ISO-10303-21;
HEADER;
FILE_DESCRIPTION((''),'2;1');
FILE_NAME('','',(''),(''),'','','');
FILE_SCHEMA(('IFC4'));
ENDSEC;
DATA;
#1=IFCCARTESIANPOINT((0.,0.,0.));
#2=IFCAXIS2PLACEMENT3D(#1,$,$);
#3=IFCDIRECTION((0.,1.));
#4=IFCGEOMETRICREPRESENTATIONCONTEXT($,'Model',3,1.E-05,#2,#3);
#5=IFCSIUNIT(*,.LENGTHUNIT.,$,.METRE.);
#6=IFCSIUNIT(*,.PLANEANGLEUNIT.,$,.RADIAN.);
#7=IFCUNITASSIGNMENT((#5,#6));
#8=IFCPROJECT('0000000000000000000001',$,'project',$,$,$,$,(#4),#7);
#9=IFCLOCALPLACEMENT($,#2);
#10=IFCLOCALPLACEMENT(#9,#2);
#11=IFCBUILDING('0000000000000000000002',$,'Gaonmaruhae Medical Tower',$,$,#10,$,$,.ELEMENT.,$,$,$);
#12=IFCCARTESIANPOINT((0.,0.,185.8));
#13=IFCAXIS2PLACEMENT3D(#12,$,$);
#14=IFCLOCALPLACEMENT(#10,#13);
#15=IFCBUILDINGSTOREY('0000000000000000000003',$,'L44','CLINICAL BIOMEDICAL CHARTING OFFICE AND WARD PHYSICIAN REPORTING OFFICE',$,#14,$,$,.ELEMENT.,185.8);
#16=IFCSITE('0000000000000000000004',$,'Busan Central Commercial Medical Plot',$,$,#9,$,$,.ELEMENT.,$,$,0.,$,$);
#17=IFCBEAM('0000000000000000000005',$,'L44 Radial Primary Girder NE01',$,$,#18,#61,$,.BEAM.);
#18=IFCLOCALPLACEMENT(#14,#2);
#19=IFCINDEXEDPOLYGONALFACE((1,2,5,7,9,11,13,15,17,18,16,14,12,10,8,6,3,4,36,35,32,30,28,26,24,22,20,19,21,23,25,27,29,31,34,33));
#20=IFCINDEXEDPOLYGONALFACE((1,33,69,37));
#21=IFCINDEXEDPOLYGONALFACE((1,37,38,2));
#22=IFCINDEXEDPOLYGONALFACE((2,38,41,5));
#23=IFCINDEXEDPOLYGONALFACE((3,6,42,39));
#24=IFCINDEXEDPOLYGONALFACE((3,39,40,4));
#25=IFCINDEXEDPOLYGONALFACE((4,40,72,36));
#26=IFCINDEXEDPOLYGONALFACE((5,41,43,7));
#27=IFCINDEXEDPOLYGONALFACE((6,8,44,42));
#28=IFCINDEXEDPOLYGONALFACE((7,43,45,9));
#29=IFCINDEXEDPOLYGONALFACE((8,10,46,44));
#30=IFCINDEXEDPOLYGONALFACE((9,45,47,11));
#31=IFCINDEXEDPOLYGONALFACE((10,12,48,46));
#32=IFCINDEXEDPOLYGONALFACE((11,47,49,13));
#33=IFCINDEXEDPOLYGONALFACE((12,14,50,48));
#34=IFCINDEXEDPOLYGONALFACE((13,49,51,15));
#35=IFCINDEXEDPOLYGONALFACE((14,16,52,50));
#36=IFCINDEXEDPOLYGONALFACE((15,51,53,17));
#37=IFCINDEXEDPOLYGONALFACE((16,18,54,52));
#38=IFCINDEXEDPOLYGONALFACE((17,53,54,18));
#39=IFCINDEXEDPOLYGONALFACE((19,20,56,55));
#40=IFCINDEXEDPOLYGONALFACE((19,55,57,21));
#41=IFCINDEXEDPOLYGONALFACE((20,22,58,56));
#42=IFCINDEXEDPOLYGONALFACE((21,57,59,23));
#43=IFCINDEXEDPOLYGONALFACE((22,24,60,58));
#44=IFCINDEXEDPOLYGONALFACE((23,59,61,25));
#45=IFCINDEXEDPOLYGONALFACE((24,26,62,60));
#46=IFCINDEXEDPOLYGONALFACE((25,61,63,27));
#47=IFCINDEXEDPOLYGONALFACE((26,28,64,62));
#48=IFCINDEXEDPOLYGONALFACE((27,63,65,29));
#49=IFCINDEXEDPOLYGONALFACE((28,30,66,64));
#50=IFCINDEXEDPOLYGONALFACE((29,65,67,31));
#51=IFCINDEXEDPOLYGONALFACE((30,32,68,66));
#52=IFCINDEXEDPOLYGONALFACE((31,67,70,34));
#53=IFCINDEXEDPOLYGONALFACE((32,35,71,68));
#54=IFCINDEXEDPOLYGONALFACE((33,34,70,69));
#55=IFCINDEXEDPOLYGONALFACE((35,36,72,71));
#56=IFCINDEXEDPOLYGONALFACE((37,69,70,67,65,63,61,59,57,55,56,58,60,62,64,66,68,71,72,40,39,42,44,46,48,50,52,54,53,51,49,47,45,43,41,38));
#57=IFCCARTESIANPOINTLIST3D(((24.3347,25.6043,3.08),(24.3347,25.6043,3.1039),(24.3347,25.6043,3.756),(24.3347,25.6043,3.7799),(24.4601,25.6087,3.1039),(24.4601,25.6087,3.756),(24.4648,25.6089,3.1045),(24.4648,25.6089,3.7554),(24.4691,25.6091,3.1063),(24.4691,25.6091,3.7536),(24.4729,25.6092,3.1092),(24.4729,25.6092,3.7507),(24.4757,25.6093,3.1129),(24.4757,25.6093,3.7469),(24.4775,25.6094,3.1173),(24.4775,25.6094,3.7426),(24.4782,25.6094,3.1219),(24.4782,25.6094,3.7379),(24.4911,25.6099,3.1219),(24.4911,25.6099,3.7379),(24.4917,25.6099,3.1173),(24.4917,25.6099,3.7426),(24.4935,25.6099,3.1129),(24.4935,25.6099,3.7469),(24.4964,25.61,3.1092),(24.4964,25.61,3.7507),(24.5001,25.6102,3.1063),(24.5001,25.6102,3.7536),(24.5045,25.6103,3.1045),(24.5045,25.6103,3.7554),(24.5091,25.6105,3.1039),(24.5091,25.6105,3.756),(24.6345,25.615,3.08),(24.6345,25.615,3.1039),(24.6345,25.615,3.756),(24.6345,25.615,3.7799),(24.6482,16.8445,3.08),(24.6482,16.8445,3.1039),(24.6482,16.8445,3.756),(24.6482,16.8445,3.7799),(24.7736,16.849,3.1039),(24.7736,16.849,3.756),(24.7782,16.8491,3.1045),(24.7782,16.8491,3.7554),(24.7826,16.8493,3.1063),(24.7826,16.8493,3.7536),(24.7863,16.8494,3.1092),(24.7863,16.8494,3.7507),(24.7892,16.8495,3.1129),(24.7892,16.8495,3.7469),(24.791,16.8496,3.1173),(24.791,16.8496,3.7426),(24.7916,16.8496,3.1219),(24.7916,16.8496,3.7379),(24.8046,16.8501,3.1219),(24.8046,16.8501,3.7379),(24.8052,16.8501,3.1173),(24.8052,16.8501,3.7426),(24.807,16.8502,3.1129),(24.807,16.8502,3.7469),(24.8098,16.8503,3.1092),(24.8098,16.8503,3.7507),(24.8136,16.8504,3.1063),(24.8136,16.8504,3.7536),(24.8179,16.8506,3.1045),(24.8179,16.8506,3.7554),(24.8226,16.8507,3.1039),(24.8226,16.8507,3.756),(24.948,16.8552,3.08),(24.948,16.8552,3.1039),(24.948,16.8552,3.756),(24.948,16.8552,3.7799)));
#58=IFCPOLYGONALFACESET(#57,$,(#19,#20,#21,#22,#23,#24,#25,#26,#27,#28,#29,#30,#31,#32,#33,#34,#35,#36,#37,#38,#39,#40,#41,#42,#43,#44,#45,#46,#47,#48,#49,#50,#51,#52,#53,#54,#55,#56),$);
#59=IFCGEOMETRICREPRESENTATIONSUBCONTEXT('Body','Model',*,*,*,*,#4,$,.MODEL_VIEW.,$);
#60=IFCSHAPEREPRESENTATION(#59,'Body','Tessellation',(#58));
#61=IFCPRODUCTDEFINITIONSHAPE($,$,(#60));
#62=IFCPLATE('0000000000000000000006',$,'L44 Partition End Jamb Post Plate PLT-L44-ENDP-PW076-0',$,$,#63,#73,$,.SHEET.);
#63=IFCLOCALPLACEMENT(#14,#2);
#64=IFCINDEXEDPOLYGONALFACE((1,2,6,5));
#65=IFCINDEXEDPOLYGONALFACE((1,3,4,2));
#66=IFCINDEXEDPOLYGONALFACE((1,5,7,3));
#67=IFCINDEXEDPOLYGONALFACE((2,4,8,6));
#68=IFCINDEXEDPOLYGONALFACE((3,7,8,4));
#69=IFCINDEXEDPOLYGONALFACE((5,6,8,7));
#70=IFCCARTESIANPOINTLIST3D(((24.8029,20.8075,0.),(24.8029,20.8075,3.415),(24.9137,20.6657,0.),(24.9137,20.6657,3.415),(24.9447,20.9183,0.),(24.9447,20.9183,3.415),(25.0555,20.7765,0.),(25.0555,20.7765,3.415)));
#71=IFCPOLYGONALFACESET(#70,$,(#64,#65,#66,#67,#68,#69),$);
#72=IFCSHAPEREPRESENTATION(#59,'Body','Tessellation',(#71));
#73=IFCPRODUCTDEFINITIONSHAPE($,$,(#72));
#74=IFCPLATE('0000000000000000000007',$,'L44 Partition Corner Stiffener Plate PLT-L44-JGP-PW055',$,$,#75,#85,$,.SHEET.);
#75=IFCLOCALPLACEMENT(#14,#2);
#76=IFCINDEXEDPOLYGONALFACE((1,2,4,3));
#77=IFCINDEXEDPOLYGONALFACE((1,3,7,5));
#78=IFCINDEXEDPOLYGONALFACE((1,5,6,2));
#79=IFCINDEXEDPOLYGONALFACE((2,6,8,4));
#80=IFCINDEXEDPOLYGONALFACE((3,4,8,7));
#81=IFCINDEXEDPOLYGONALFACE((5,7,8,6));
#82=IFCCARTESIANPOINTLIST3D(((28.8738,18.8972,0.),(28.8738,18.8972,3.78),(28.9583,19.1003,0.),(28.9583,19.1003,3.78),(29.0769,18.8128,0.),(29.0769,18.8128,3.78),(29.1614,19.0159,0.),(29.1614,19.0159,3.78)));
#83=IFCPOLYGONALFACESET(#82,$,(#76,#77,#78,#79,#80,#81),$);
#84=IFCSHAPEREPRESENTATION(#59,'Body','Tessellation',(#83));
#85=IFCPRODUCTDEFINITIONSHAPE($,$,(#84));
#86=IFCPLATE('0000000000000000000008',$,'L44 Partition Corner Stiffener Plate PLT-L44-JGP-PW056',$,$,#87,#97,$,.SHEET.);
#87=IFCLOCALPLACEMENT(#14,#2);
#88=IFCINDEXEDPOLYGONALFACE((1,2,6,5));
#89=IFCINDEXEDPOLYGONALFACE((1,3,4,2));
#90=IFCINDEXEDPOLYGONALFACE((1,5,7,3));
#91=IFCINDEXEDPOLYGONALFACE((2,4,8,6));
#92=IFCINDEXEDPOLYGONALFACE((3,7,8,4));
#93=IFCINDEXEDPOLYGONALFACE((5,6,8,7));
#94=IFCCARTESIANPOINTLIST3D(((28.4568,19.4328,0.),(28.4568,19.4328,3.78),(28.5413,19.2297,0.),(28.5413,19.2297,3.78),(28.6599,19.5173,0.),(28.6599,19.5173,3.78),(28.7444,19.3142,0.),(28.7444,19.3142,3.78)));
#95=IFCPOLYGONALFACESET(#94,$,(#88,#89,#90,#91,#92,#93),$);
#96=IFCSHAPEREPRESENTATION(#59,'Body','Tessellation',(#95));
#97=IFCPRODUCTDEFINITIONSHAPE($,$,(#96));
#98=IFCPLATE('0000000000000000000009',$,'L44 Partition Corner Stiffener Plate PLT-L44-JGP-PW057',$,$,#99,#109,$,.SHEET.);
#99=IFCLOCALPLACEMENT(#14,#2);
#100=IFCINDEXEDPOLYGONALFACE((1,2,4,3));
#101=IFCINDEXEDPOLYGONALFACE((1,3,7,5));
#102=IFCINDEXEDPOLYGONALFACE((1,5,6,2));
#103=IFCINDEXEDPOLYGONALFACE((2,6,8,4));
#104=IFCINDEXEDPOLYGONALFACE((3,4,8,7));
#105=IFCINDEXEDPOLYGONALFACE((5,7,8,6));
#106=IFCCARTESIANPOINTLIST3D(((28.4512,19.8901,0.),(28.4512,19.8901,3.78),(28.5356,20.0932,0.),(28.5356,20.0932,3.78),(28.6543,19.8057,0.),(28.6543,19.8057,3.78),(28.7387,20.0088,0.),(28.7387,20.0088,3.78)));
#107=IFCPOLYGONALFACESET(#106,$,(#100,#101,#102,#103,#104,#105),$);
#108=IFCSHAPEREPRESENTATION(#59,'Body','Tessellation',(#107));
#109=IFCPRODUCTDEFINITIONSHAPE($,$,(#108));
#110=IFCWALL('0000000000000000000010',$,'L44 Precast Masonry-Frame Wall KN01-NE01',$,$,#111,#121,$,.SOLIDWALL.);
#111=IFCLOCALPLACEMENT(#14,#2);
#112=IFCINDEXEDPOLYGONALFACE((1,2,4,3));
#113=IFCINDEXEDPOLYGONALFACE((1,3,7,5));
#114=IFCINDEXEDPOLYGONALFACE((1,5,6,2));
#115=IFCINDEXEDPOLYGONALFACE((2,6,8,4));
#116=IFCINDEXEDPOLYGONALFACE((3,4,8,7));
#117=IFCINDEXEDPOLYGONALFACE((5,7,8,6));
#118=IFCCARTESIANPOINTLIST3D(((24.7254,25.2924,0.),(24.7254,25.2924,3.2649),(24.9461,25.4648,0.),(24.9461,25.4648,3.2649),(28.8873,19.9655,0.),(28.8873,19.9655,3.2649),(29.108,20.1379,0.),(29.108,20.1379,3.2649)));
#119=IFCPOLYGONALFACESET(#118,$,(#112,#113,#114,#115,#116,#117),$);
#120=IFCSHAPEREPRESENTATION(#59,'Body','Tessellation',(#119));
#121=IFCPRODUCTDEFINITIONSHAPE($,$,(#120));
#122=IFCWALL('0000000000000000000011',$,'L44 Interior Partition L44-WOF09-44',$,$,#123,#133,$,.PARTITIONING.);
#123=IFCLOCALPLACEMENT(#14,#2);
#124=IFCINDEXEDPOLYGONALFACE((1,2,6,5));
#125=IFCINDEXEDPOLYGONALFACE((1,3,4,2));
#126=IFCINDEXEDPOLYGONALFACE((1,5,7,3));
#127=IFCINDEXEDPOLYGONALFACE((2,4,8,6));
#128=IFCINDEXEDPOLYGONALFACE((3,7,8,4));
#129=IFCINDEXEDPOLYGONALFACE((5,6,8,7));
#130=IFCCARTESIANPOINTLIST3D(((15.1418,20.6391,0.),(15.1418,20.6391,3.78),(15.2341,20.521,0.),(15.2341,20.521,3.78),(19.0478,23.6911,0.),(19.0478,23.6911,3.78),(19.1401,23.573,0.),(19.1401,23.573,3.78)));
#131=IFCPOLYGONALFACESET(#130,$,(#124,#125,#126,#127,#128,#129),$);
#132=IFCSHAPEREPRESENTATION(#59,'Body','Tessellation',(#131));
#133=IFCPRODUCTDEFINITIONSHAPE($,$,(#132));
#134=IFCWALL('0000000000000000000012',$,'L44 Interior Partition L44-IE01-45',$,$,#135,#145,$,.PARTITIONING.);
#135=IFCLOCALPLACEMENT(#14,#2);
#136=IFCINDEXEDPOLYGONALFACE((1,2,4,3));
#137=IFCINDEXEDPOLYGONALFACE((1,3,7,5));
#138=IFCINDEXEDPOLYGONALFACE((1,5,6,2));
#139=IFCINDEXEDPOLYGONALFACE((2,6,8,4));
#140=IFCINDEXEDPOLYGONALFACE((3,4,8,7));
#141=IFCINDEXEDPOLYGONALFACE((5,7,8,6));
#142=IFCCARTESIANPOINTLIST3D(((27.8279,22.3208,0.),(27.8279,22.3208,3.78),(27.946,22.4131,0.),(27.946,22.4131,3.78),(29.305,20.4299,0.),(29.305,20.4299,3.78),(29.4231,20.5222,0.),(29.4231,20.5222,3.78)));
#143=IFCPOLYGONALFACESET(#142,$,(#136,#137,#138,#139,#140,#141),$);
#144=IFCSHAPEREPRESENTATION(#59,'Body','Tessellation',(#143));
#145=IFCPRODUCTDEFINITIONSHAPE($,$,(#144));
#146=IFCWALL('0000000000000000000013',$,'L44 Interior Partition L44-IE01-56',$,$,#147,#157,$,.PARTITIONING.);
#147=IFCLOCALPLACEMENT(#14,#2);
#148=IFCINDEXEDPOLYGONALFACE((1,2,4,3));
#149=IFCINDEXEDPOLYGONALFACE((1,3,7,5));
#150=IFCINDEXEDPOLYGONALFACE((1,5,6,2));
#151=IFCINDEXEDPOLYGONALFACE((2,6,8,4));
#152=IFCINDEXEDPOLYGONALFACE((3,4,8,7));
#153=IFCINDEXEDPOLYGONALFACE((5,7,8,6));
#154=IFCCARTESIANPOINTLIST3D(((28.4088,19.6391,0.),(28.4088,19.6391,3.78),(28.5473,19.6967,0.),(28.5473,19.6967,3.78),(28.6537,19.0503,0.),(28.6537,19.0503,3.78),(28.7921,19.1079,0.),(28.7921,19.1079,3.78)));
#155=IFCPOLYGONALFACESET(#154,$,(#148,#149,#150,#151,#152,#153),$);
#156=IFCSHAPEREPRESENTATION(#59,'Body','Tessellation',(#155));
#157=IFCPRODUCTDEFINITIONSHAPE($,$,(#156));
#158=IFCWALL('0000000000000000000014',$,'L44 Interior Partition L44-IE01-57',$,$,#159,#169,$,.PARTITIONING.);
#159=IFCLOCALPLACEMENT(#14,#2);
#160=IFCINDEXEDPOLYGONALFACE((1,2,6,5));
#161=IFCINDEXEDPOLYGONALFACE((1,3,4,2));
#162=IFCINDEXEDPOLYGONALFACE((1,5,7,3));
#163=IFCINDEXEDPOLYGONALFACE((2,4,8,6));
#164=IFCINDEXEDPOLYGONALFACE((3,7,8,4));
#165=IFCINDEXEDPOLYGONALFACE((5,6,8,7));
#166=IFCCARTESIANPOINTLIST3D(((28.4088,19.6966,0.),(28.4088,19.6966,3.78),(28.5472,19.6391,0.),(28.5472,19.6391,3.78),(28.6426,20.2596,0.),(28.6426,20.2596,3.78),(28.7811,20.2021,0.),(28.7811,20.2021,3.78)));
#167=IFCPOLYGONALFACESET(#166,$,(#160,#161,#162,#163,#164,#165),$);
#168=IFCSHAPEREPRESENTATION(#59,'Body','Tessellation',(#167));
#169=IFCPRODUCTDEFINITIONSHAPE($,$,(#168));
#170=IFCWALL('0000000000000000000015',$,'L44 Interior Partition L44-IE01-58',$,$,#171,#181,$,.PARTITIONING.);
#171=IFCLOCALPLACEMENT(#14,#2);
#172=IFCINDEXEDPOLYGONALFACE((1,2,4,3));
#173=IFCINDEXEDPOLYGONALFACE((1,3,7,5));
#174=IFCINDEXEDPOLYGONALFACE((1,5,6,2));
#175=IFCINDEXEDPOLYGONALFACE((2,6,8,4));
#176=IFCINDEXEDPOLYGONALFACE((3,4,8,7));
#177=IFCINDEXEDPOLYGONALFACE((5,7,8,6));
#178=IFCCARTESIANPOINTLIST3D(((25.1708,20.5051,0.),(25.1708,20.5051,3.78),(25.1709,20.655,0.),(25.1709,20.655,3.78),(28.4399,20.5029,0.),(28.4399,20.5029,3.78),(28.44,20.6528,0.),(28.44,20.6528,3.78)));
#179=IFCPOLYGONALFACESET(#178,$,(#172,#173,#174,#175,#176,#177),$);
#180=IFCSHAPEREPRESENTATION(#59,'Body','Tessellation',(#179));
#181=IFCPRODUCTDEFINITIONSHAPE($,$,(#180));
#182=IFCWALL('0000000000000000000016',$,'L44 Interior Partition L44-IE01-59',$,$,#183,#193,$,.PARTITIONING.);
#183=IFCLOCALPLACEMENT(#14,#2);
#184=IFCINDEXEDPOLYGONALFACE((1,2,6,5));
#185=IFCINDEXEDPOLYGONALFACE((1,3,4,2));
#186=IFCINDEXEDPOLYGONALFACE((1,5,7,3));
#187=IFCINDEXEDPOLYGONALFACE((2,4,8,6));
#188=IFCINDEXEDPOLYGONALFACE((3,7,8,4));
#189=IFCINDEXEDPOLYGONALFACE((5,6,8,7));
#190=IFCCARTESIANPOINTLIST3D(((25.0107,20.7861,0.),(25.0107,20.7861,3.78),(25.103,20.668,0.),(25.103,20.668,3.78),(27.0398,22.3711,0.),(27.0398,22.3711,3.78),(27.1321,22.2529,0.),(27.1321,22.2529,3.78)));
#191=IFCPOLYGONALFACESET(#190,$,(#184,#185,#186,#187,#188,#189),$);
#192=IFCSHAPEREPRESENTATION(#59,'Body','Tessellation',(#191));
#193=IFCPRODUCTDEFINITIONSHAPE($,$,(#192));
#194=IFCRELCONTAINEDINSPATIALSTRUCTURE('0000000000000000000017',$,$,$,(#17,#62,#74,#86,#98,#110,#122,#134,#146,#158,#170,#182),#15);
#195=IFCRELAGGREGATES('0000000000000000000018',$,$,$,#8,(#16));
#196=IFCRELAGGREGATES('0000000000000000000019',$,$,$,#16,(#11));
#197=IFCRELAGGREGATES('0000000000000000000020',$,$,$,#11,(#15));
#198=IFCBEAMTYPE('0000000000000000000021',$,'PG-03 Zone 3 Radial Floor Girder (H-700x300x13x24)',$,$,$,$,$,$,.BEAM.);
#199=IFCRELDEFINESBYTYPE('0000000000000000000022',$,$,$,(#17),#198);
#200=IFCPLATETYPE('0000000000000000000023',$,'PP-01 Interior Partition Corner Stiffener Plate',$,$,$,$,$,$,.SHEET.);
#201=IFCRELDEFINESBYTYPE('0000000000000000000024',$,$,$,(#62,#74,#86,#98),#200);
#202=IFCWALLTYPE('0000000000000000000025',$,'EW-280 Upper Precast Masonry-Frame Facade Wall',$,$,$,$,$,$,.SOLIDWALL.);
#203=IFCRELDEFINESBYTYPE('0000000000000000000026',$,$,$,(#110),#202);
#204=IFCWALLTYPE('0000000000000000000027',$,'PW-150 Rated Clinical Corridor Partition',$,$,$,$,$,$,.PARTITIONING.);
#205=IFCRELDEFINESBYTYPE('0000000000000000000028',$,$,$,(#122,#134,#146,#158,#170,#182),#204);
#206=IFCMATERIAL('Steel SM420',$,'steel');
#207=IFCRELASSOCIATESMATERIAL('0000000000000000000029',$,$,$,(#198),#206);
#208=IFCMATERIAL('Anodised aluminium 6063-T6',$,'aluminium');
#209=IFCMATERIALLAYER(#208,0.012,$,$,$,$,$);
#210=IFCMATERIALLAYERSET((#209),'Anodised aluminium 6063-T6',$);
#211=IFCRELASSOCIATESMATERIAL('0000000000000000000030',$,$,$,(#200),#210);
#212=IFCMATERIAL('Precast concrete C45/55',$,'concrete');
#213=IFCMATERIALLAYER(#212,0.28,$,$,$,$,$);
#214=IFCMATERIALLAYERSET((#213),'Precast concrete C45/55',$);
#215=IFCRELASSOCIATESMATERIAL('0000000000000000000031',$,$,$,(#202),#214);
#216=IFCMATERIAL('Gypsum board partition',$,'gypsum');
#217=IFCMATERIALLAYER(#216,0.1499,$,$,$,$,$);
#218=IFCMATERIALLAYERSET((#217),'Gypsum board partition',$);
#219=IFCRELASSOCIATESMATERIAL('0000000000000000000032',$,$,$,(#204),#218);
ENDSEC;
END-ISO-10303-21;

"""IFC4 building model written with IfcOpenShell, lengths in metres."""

from ifc_helpers import new_model, si_unit, direction, frame, frame_2d, origin, origin_2d, place, context, subcontext, project, spatial, rectangle, i_section, extrude, material, layer, layer_set, material_profile, profile_set, type_object, element, save


model = new_model("IFC4")

# Units and contexts
model_context = context("Model", 3, precision=1e-05, world=origin(), true_north=direction((0.0, 1.0)))
body_context = subcontext(model_context, "Body", "Model", "MODEL_VIEW")
ifc_project = project(units=[si_unit("LENGTHUNIT", "METRE"), si_unit("PLANEANGLEUNIT", "RADIAN")], contexts=[model_context])

# Site, building, storey
site_placement = place(None, origin())
site = spatial("IfcSite", under=ifc_project, at=site_placement, Name="Busan Central Commercial Medical Plot", CompositionType="ELEMENT", RefElevation=0.0)
building_placement = place(site_placement, origin())
building = spatial("IfcBuilding", under=site, at=building_placement, Name="Gaonmaruhae Medical Tower", CompositionType="ELEMENT")
storey_placement = place(building_placement, frame((0.0, 0.0, 185.8)))
storey = spatial("IfcBuildingStorey", under=building, at=storey_placement, Name="L44", Description="CLINICAL BIOMEDICAL CHARTING OFFICE AND WARD PHYSICIAN REPORTING OFFICE", CompositionType="ELEMENT", Elevation=185.8)

# Beam
ifc_material_1 = material(Name="Steel SM420", Category="steel")
ifc_material_profile_1 = material_profile(ifc_material_1, i_section(OverallWidth=0.3, OverallDepth=0.7, WebThickness=0.0129, FlangeThickness=0.0239, FilletRadius=0.0181, at=origin_2d()), Name="H-700x300x13x24")
ifc_profile_set_1 = profile_set([ifc_material_profile_1], Name="Steel SM420")
beam_type_1 = type_object("IfcBeamType", Name="PG-03 Zone 3 Radial Floor Girder (H-700x300x13x24)", PredefinedType="BEAM", material=ifc_profile_set_1)
beam_1_placement = place(storey_placement, frame((24.7981, 16.8499, 3.4299), z_axis=(-0.035763, 0.99936, 0.0), x_axis=(-0.99936, -0.035763, 0.0)))
element("IfcBeam", 1, at=beam_1_placement, inside=storey, type_object=beam_type_1, Name="L44 Radial Primary Girder NE01", PredefinedType="BEAM", context=body_context, shape_type="SweptSolid", body=[
    extrude(i_section(OverallWidth=0.3, OverallDepth=0.7, WebThickness=0.0129, FlangeThickness=0.0239, FilletRadius=0.0181, at=origin_2d()), origin(), (0.0, 0.0, 1.0), 8.7654),
])

# Plates
ifc_material_2 = material(Name="Anodised aluminium 6063-T6", Category="aluminium")
ifc_layer_1 = layer(ifc_material_2, 0.012)
ifc_layer_set_1 = layer_set([ifc_layer_1], Name="Anodised aluminium 6063-T6")
plate_type = type_object("IfcPlateType", Name="PP-01 Interior Partition Corner Stiffener Plate", PredefinedType="SHEET", material=ifc_layer_set_1)
plate_placement = place(storey_placement, frame((24.9292, 20.792, 0.0), z_axis=(0.0, 0.0, 1.0), x_axis=(-0.615648, 0.788021, 0.0)))
element("IfcPlate", 2, at=plate_placement, inside=storey, type_object=plate_type, Name="L44 Partition End Jamb Post Plate PLT-L44-ENDP-PW076-0", PredefinedType="SHEET", context=body_context, shape_type="SweptSolid", body=[
    extrude(rectangle(XDim=0.1799, YDim=0.1799, at=origin_2d()), origin(), (0.0, 0.0, 1.0), 3.415),
])
for number, where, z_axis, x_axis, name in (
    (3, (29.0176, 18.9565, 0.0), (0.0, 0.0, 1.0), (-0.923311, 0.384054, 0.0), "L44 Partition Corner Stiffener Plate PLT-L44-JGP-PW055"),
    (4, (28.6006, 19.3735, 0.0), (0.0, 0.0, 1.0), (-0.384054, 0.923311, 0.0), "L44 Partition Corner Stiffener Plate PLT-L44-JGP-PW056"),
    (5, (28.595, 19.9495, 0.0), (0.0, 0.0, 1.0), (0.383796, 0.923418, 0.0), "L44 Partition Corner Stiffener Plate PLT-L44-JGP-PW057"),
):
    element("IfcPlate", number, at=place(storey_placement, frame(where, z_axis=z_axis, x_axis=x_axis)), inside=storey, type_object=plate_type, Name=name, PredefinedType="SHEET", context=body_context, shape_type="SweptSolid", body=[
        extrude(rectangle(XDim=0.22, YDim=0.22, at=origin_2d()), origin(), (0.0, 0.0, 1.0), 3.78),
    ])

# Walls
ifc_material_3 = material(Name="Precast concrete C45/55", Category="concrete")
ifc_layer_2 = layer(ifc_material_3, 0.28)
ifc_layer_set_2 = layer_set([ifc_layer_2], Name="Precast concrete C45/55")
wall_type_1 = type_object("IfcWallType", Name="EW-280 Upper Precast Masonry-Frame Facade Wall", PredefinedType="SOLIDWALL", material=ifc_layer_set_2)
wall_1_placement = place(storey_placement, frame((28.9976, 20.0518, 0.0), z_axis=(0.0, 0.0, 1.0), x_axis=(-0.615664, 0.788008, 0.0)))
element("IfcWall", 6, at=wall_1_placement, inside=storey, type_object=wall_type_1, Name="L44 Precast Masonry-Frame Wall KN01-NE01", PredefinedType="SOLIDWALL", context=body_context, shape_type="SweptSolid", body=[
    extrude(rectangle(XDim=6.76, YDim=0.28, at=frame_2d((3.3799, 0.0))), origin(), (0.0, 0.0, 1.0), 3.2649),
])
ifc_material_4 = material(Name="Gypsum board partition", Category="gypsum")
ifc_layer_3 = layer(ifc_material_4, 0.1499)
ifc_layer_set_3 = layer_set([ifc_layer_3], Name="Gypsum board partition")
wall_type_2 = type_object("IfcWallType", Name="PW-150 Rated Clinical Corridor Partition", PredefinedType="PARTITIONING", material=ifc_layer_set_3)
wall_2_placement = place(storey_placement, frame((19.094, 23.6321, 0.0), z_axis=(0.0, 0.0, 1.0), x_axis=(-0.787982, -0.615699, 0.0)))
element("IfcWall", 7, at=wall_2_placement, inside=storey, type_object=wall_type_2, Name="L44 Interior Partition L44-WOF09-44", PredefinedType="PARTITIONING", context=body_context, shape_type="SweptSolid", body=[
    extrude(rectangle(XDim=4.957, YDim=0.1499, at=frame_2d((2.4785, 0.0))), origin(), (0.0, 0.0, 1.0), 3.78),
])
wall_3_placement = place(storey_placement, frame((27.887, 22.3669, 0.0), z_axis=(0.0, 0.0, 1.0), x_axis=(0.615595, -0.788063, 0.0)))
element("IfcWall", 8, at=wall_3_placement, inside=storey, type_object=wall_type_2, Name="L44 Interior Partition L44-IE01-45", PredefinedType="PARTITIONING", context=body_context, shape_type="SweptSolid", body=[
    extrude(rectangle(XDim=2.3994, YDim=0.1499, at=frame_2d((1.1997, 0.0))), origin(), (0.0, 0.0, 1.0), 3.78),
])
wall_4_placement = place(storey_placement, frame((28.7229, 19.0791, 0.0), z_axis=(0.0, 0.0, 1.0), x_axis=(-0.383963, 0.923349, 0.0)))
element("IfcWall", 9, at=wall_4_placement, inside=storey, type_object=wall_type_2, Name="L44 Interior Partition L44-IE01-56", PredefinedType="PARTITIONING", context=body_context, shape_type="SweptSolid", body=[
    extrude(rectangle(XDim=0.6377, YDim=0.1499, at=frame_2d((0.3188, 0.0))), origin(), (0.0, 0.0, 1.0), 3.78),
])
wall_5_placement = place(storey_placement, frame((28.478, 19.668, 0.0), z_axis=(0.0, 0.0, 1.0), x_axis=(0.383648, 0.923479, 0.0)))
element("IfcWall", 10, at=wall_5_placement, inside=storey, type_object=wall_type_2, Name="L44 Interior Partition L44-IE01-57", PredefinedType="PARTITIONING", context=body_context, shape_type="SweptSolid", body=[
    extrude(rectangle(XDim=0.6096, YDim=0.1499, at=frame_2d((0.3047, 0.0))), origin(), (0.0, 0.0, 1.0), 3.78),
])
wall_6_placement = place(storey_placement, frame((28.4399, 20.5779, 0.0), z_axis=(0.0, 0.0, 1.0), x_axis=(-1.0, 0.000672, 0.0)))
element("IfcWall", 11, at=wall_6_placement, inside=storey, type_object=wall_type_2, Name="L44 Interior Partition L44-IE01-58", PredefinedType="PARTITIONING", context=body_context, shape_type="SweptSolid", body=[
    extrude(rectangle(XDim=3.269, YDim=0.1499, at=frame_2d((1.6345, 0.0))), origin(), (0.0, 0.0, 1.0), 3.78),
])
wall_7_placement = place(storey_placement, frame((25.0569, 20.7271, 0.0), z_axis=(0.0, 0.0, 1.0), x_axis=(0.788069, 0.615587, 0.0)))
element("IfcWall", 12, at=wall_7_placement, inside=storey, type_object=wall_type_2, Name="L44 Interior Partition L44-IE01-59", PredefinedType="PARTITIONING", context=body_context, shape_type="SweptSolid", body=[
    extrude(rectangle(XDim=2.5747, YDim=0.1499, at=frame_2d((1.2874, 0.0))), origin(), (0.0, 0.0, 1.0), 3.78),
])

save(model, "model.ifc")
